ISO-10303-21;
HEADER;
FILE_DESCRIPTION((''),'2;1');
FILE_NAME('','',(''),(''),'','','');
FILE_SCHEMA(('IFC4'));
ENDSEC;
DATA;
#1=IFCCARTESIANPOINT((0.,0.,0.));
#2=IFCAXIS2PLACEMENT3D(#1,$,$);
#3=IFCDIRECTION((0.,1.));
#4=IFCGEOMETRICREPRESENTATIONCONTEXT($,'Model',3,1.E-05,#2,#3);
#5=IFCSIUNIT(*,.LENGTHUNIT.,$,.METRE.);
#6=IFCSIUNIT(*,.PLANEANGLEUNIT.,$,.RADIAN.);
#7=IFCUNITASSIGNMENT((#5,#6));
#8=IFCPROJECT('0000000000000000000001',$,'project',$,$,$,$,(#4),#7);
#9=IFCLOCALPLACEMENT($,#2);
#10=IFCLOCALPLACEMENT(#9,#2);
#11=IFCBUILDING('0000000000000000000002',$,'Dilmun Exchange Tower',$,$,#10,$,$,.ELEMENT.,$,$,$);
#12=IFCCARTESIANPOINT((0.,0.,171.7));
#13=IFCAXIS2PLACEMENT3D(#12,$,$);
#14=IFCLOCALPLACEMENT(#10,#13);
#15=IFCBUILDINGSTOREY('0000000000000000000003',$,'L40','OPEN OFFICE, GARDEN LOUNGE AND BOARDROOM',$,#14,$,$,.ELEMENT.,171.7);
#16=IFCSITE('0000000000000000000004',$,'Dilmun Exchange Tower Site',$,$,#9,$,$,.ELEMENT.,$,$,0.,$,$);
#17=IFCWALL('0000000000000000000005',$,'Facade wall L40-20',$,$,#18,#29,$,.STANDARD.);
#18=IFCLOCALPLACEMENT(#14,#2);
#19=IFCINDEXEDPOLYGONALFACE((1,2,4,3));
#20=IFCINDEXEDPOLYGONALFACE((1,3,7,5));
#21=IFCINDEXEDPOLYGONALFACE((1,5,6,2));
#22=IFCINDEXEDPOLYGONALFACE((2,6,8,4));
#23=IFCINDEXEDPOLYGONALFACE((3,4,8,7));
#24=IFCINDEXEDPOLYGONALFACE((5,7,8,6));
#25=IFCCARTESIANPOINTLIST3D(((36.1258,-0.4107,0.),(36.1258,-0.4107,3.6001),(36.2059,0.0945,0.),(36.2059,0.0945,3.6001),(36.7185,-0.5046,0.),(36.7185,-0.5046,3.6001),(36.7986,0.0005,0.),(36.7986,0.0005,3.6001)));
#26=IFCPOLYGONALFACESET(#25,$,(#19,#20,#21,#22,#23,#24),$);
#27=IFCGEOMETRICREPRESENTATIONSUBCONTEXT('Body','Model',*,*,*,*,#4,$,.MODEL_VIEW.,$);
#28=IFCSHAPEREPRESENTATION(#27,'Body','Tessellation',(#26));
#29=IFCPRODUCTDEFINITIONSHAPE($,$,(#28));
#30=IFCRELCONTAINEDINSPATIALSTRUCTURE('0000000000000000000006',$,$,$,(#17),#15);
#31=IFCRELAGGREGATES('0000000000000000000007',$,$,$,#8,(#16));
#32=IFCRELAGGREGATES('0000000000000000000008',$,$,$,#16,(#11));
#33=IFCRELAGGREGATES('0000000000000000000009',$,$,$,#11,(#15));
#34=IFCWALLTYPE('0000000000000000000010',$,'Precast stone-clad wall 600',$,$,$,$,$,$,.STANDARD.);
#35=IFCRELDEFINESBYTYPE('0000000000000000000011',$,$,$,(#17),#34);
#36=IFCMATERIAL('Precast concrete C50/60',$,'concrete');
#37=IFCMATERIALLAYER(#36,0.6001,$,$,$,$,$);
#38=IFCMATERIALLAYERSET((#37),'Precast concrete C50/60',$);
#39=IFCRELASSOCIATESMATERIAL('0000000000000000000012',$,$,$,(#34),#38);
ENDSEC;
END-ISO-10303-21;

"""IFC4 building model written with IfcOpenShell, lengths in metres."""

from ifc_helpers import new_model, si_unit, direction, frame, frame_2d, origin, place, context, subcontext, project, spatial, rectangle, extrude, material, layer, layer_set, type_object, element, save


model = new_model("IFC4")

# Units and contexts
model_context = context("Model", 3, precision=1e-05, world=origin(), true_north=direction((0.0, 1.0)))
body_context = subcontext(model_context, "Body", "Model", "MODEL_VIEW")
ifc_project = project(units=[si_unit("LENGTHUNIT", "METRE"), si_unit("PLANEANGLEUNIT", "RADIAN")], contexts=[model_context])

# Site, building, storey
site_placement = place(None, origin())
site = spatial("IfcSite", under=ifc_project, at=site_placement, Name="Dilmun Exchange Tower Site", CompositionType="ELEMENT", RefElevation=0.0)
building_placement = place(site_placement, origin())
building = spatial("IfcBuilding", under=site, at=building_placement, Name="Dilmun Exchange Tower", CompositionType="ELEMENT")
storey_placement = place(building_placement, frame((0.0, 0.0, 171.7)))
storey = spatial("IfcBuildingStorey", under=building, at=storey_placement, Name="L40", Description="OPEN OFFICE, GARDEN LOUNGE AND BOARDROOM", CompositionType="ELEMENT", Elevation=171.7)

# Wall
ifc_material_1 = material(Name="Precast concrete C50/60", Category="concrete")
ifc_layer_1 = layer(ifc_material_1, 0.6001)
ifc_layer_set_1 = layer_set([ifc_layer_1], Name="Precast concrete C50/60")
wall_type_1 = type_object("IfcWallType", Name="Precast stone-clad wall 600", PredefinedType="STANDARD", material=ifc_layer_set_1)
wall_1_placement = place(storey_placement, frame((36.4221, -0.4578, 0.0), z_axis=(0.0, 0.0, 1.0), x_axis=(0.156575, 0.987666, 0.0)))
element("IfcWall", 1, at=wall_1_placement, inside=storey, type_object=wall_type_1, Name="Facade wall L40-20", PredefinedType="STANDARD", context=body_context, shape_type="SweptSolid", body=[
    extrude(rectangle(XDim=0.5115, YDim=0.6001, at=frame_2d((0.2559, 0.0))), origin(), (0.0, 0.0, 1.0), 3.6001),
])

save(model, "model.ifc")
